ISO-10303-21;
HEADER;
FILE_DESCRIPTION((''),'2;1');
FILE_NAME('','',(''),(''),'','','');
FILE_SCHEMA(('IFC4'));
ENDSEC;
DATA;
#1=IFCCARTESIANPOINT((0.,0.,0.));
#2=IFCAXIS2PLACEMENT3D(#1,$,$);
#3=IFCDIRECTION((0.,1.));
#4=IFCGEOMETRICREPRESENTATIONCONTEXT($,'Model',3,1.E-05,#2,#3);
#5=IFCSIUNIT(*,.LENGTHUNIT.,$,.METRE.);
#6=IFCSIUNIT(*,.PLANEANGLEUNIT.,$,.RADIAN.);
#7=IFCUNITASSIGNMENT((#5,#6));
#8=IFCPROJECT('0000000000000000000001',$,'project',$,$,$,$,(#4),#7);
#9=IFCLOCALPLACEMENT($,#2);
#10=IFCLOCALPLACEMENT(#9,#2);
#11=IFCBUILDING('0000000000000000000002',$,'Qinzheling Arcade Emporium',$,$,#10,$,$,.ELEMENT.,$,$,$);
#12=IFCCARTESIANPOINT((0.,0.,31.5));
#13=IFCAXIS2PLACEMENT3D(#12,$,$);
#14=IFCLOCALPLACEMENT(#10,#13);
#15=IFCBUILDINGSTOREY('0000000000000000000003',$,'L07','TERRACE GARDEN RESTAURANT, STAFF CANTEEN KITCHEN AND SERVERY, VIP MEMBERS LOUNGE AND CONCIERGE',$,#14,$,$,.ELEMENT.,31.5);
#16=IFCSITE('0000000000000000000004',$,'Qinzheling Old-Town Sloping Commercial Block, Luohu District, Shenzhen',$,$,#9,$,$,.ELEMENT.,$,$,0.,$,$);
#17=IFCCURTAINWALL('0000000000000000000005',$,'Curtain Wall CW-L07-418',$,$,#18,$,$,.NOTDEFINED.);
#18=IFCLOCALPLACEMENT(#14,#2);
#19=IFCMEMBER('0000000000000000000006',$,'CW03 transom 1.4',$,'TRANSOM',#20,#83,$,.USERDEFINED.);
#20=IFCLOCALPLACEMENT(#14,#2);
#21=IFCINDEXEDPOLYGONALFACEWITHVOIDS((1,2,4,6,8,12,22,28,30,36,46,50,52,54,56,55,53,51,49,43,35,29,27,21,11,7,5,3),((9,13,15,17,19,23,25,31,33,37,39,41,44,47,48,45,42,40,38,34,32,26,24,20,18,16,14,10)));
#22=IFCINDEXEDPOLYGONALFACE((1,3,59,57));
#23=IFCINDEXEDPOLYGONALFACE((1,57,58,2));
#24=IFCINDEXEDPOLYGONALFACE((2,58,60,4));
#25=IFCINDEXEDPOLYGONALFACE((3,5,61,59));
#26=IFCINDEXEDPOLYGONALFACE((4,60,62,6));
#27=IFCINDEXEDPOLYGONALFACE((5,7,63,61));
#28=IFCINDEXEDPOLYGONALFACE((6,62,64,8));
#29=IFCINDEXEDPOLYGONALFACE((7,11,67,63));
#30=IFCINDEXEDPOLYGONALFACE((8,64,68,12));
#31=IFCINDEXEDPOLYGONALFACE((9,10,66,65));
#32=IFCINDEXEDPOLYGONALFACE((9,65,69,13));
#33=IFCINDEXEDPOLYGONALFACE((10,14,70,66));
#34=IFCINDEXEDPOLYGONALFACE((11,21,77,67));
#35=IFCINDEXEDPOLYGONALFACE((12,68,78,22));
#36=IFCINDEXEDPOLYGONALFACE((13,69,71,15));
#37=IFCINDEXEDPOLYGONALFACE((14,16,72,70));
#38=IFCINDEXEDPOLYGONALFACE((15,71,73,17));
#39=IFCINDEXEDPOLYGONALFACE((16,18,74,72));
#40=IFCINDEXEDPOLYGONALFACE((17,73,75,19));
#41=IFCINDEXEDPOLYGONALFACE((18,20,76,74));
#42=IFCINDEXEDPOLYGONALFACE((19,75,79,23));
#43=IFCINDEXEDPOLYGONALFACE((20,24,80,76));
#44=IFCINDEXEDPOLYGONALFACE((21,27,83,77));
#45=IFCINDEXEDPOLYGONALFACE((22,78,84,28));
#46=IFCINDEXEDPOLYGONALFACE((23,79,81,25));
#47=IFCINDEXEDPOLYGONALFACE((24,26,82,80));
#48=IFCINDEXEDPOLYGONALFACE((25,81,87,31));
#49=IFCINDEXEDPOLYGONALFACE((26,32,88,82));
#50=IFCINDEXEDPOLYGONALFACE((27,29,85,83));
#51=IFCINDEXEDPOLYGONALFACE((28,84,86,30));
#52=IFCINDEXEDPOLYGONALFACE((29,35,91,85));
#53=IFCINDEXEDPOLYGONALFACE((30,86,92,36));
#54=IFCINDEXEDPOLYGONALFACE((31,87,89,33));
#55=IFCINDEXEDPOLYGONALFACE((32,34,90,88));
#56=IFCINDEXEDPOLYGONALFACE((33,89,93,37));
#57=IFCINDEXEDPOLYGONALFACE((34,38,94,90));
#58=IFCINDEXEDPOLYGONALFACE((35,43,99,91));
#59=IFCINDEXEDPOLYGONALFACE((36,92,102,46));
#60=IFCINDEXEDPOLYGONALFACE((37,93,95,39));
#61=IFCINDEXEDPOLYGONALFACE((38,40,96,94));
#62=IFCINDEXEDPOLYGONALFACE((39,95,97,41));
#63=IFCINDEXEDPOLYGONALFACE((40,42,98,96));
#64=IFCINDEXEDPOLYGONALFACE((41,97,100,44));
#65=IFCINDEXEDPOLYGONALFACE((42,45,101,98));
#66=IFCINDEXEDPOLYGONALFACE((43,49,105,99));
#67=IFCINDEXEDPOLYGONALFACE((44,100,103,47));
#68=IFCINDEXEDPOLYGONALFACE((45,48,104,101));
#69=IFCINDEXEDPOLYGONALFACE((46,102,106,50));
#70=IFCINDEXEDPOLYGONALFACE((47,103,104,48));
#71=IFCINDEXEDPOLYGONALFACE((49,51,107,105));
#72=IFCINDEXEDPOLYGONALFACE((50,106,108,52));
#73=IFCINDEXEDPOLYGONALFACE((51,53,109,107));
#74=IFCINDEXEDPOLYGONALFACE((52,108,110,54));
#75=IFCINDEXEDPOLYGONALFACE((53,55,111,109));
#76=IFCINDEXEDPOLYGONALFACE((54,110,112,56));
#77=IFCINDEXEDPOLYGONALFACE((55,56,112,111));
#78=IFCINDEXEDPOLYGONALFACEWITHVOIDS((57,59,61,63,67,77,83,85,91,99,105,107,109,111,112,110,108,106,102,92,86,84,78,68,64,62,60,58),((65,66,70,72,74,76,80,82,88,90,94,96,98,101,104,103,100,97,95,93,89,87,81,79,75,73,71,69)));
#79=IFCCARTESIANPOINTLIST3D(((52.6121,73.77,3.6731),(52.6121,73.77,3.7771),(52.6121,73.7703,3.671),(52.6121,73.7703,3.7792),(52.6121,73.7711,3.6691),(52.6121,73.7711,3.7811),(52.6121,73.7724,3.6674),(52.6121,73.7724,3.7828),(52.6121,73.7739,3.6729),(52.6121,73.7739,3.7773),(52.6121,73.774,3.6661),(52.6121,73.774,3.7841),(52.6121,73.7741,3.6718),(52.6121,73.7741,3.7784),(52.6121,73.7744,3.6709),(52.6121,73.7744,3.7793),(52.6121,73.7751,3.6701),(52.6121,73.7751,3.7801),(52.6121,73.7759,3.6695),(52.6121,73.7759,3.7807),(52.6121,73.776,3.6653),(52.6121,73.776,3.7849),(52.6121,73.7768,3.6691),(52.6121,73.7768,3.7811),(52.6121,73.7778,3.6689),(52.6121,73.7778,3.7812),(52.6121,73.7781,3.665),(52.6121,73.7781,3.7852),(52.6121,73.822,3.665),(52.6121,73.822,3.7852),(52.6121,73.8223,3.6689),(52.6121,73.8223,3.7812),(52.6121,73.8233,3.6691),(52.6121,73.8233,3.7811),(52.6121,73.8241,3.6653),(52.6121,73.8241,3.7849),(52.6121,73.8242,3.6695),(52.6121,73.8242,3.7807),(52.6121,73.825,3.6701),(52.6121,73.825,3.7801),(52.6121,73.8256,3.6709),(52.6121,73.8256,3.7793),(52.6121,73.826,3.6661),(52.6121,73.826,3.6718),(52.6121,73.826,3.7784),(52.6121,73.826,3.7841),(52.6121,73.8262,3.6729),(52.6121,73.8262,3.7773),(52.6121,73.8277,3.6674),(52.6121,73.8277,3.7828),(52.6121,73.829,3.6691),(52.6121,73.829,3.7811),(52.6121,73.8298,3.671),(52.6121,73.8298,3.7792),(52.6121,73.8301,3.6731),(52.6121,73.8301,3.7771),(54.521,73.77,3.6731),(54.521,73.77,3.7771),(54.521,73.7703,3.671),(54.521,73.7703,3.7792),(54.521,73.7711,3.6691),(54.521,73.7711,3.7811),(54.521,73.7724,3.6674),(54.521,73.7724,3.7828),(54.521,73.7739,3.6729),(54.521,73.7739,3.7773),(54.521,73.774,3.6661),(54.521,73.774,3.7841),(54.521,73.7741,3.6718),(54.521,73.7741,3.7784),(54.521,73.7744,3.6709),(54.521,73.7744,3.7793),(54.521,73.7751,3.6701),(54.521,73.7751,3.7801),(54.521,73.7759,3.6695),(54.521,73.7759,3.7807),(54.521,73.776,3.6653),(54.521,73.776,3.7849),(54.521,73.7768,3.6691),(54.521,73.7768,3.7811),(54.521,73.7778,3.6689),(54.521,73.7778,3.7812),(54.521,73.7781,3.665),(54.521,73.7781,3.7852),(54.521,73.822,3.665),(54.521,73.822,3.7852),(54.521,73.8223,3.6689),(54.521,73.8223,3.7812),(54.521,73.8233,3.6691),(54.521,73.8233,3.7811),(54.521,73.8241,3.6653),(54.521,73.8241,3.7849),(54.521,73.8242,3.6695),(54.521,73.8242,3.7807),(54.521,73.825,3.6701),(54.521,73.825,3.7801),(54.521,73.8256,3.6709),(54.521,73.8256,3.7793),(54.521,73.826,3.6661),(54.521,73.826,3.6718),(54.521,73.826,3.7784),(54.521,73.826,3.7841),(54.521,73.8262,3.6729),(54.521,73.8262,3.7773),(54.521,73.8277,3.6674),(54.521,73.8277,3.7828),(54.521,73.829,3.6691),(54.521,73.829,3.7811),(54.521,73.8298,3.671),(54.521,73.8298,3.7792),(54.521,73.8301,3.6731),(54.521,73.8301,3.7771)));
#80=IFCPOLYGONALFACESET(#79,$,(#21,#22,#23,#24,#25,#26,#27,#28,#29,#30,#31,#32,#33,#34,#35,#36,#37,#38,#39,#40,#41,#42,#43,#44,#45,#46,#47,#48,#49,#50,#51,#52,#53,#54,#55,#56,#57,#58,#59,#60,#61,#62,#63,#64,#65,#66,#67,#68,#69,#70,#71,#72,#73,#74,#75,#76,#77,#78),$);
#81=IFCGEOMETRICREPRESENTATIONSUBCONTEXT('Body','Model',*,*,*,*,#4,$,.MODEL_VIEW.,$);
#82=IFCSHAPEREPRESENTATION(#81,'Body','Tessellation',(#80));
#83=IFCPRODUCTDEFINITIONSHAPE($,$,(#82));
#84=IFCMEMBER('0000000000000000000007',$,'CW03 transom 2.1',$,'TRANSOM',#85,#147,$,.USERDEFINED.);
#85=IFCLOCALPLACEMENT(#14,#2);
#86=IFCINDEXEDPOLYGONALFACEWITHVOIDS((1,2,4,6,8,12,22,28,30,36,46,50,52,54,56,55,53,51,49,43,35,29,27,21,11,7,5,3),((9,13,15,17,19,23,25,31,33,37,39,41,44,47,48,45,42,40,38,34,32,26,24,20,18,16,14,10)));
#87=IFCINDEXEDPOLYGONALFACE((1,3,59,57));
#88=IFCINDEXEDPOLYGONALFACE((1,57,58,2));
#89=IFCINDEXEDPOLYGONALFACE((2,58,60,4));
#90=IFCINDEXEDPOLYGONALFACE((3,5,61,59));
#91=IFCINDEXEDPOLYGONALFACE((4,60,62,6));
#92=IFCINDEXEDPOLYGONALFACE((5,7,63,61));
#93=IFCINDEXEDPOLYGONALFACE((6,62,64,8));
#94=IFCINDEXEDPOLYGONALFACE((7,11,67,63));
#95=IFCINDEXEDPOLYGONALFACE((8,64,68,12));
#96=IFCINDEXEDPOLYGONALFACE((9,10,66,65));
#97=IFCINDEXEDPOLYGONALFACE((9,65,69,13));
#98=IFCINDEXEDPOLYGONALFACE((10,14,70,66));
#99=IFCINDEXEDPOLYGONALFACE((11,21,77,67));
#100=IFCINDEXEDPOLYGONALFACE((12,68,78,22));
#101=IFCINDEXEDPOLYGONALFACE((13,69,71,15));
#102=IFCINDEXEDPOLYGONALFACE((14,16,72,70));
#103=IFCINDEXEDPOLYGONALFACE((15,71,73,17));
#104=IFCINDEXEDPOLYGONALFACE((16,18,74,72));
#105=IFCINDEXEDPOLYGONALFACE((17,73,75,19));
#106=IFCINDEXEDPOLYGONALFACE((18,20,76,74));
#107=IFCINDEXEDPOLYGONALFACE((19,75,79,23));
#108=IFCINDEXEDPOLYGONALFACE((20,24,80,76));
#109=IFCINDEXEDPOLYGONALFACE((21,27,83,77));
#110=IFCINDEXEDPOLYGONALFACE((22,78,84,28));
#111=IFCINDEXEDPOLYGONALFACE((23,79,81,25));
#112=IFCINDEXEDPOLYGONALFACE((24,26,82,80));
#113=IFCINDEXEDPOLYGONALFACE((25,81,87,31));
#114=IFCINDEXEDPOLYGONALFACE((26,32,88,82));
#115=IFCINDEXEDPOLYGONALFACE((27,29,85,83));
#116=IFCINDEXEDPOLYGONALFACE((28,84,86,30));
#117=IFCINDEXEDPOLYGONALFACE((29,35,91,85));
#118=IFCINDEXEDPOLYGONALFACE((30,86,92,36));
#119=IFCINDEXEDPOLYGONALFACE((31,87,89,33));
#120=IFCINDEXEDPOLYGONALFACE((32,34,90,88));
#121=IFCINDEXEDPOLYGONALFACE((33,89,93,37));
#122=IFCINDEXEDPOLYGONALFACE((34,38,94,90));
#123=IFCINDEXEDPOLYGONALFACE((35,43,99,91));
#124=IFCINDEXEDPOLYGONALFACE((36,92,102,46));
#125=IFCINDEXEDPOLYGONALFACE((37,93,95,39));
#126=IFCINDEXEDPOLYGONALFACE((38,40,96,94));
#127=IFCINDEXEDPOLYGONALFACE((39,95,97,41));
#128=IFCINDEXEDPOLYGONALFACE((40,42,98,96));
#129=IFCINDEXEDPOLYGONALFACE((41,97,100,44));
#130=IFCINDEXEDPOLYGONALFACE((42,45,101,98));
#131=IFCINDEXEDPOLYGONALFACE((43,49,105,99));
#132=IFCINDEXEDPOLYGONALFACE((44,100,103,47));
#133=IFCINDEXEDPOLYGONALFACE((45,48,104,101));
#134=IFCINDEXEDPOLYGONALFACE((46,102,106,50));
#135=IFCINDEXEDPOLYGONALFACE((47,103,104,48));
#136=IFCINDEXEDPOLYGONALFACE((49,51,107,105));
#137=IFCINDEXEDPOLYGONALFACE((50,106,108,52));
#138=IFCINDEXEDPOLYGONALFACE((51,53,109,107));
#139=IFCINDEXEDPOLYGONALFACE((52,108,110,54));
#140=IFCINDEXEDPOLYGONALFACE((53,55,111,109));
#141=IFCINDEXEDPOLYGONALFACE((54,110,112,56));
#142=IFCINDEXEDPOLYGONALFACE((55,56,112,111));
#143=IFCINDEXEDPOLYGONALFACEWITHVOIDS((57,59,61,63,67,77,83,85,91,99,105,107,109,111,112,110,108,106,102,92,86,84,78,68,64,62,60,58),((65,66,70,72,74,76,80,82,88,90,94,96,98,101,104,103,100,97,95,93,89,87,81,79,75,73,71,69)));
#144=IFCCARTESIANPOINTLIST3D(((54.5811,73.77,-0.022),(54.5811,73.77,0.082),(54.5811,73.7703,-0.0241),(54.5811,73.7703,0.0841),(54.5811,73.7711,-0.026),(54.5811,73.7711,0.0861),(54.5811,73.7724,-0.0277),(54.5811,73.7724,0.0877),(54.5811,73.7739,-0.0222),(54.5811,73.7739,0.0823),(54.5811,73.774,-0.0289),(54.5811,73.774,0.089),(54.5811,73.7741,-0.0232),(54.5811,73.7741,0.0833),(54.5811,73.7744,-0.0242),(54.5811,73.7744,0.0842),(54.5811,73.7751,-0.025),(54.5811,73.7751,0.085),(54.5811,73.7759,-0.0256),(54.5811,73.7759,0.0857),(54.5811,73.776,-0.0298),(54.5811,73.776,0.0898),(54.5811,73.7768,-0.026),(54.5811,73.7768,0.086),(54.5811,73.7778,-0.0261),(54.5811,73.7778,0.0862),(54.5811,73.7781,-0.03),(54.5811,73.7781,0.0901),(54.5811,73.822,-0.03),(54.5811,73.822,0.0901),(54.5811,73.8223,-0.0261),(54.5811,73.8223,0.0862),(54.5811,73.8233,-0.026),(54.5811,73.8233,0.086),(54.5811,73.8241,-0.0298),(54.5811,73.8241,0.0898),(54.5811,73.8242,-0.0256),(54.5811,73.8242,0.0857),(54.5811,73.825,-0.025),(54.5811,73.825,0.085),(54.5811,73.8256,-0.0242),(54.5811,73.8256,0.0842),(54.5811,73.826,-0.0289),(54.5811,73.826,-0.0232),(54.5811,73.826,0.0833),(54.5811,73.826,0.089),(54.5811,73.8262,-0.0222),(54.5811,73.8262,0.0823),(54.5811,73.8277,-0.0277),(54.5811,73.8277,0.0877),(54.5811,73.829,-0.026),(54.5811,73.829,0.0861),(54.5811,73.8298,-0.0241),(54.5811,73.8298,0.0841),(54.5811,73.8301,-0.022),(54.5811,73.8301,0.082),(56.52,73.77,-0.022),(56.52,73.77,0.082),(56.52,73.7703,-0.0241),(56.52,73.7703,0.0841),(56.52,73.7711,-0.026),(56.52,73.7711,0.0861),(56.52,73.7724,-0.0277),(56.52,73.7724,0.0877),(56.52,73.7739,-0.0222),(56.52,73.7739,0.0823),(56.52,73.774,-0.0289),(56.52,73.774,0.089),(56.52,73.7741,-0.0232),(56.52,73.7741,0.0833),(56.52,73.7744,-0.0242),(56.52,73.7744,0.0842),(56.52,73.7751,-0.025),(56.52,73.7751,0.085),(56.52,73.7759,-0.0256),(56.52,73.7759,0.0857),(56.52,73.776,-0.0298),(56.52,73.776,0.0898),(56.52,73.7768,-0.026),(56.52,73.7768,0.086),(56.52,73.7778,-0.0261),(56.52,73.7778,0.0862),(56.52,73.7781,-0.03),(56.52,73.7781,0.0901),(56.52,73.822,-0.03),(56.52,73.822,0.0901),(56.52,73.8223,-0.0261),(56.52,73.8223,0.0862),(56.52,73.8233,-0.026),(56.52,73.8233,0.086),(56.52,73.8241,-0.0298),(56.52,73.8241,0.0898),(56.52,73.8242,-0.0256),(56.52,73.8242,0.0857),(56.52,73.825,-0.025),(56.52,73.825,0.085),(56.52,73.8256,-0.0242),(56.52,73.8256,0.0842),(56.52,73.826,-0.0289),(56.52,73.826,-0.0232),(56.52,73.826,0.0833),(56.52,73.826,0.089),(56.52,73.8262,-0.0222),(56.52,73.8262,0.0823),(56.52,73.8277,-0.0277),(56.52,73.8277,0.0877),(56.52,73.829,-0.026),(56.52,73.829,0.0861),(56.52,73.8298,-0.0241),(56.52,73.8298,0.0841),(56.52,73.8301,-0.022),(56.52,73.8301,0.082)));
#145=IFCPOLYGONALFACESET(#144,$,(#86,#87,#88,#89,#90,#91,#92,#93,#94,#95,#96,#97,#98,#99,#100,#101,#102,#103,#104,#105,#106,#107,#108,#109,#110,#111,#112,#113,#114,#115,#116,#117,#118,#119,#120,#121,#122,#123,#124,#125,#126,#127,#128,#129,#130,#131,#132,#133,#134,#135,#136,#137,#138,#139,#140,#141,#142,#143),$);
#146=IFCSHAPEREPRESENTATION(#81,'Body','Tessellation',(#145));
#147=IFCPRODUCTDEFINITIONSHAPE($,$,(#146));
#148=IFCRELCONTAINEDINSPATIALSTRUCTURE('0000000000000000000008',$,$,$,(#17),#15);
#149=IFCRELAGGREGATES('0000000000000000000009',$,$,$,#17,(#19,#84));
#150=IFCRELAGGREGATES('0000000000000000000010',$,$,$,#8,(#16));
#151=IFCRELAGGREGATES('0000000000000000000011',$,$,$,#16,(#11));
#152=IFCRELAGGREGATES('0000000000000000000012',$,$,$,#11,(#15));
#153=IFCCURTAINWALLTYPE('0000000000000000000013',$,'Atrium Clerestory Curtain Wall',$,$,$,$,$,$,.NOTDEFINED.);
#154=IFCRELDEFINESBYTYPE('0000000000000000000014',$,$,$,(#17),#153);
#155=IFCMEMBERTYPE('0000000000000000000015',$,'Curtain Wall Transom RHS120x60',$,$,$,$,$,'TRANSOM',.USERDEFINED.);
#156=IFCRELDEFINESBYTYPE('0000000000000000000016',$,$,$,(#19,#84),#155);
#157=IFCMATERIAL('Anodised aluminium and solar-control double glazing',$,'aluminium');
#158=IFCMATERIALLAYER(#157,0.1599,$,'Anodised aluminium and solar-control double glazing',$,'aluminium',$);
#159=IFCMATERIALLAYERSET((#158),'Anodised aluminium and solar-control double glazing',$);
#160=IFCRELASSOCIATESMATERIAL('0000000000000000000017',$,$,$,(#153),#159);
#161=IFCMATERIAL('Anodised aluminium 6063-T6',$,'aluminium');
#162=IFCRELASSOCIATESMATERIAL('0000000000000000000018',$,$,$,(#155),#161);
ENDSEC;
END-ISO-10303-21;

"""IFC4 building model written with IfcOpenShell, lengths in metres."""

from ifc_helpers import new_model, si_unit, direction, frame, origin, origin_2d, place, context, subcontext, project, spatial, hollow_rectangle, extrude, material, layer, layer_set, material_profile, profile_set, type_object, element, aggregate, save


model = new_model("IFC4")

# Units and contexts
model_context = context("Model", 3, precision=1e-05, world=origin(), true_north=direction((0.0, 1.0)))
body_context = subcontext(model_context, "Body", "Model", "MODEL_VIEW")
ifc_project = project(units=[si_unit("LENGTHUNIT", "METRE"), si_unit("PLANEANGLEUNIT", "RADIAN")], contexts=[model_context])

# Site, building, storey
site_placement = place(None, origin())
site = spatial("IfcSite", under=ifc_project, at=site_placement, Name="Qinzheling Old-Town Sloping Commercial Block, Luohu District, Shenzhen", CompositionType="ELEMENT", RefElevation=0.0)
building_placement = place(site_placement, origin())
building = spatial("IfcBuilding", under=site, at=building_placement, Name="Qinzheling Arcade Emporium", CompositionType="ELEMENT")
storey_placement = place(building_placement, frame((0.0, 0.0, 31.5)))
storey = spatial("IfcBuildingStorey", under=building, at=storey_placement, Name="L07", Description="TERRACE GARDEN RESTAURANT, STAFF CANTEEN KITCHEN AND SERVERY, VIP MEMBERS LOUNGE AND CONCIERGE", CompositionType="ELEMENT", Elevation=31.5)

# Curtain wall, members
ifc_material_1 = material(Name="Anodised aluminium and solar-control double glazing", Category="aluminium")
ifc_layer_1 = layer(ifc_material_1, 0.1599, Name="Anodised aluminium and solar-control double glazing", Category="aluminium")
ifc_layer_set_1 = layer_set([ifc_layer_1], Name="Anodised aluminium and solar-control double glazing")
curtain_wall_type = type_object("IfcCurtainWallType", Name="Atrium Clerestory Curtain Wall", PredefinedType="NOTDEFINED", material=ifc_layer_set_1)
curtain_wall_placement = place(storey_placement, origin())
curtain_wall = element("IfcCurtainWall", 1, at=curtain_wall_placement, inside=storey, type_object=curtain_wall_type, Name="Curtain Wall CW-L07-418", PredefinedType="NOTDEFINED")
ifc_material_2 = material(Name="Anodised aluminium 6063-T6", Category="aluminium")
ifc_material_profile_1 = material_profile(ifc_material_2, hollow_rectangle(XDim=0.0601, YDim=0.1201, WallThickness=0.0039, InnerFilletRadius=0.0039, OuterFilletRadius=0.0081, at=origin_2d()), Name="RHS 120x60x4", Category="aluminium")
ifc_profile_set_1 = profile_set([ifc_material_profile_1], Name="Anodised aluminium 6063-T6")
member_type_1 = type_object("IfcMemberType", Name="Curtain Wall Transom RHS120x60", ElementType="TRANSOM", PredefinedType="USERDEFINED", material=ifc_profile_set_1)
member_1_placement = place(storey_placement, frame((52.6121, 73.8, 3.7251), z_axis=(1.0, 0.0, 0.0), x_axis=(0.0, 1.0, 0.0)))
member_1 = element("IfcMember", 2, at=member_1_placement, type_object=member_type_1, Name="CW03 transom 1.4", ObjectType="TRANSOM", PredefinedType="USERDEFINED", context=body_context, shape_type="SweptSolid", body=[
    extrude(hollow_rectangle(XDim=0.0601, YDim=0.1201, WallThickness=0.0039, InnerFilletRadius=0.0039, OuterFilletRadius=0.0081, at=origin_2d()), origin(), (0.0, 0.0, 1.0), 1.9089),
])
member_2_placement = place(storey_placement, frame((54.5811, 73.8, 0.03), z_axis=(1.0, 0.0, 0.0), x_axis=(0.0, 1.0, 0.0)))
member_2 = element("IfcMember", 3, at=member_2_placement, type_object=member_type_1, Name="CW03 transom 2.1", ObjectType="TRANSOM", PredefinedType="USERDEFINED", context=body_context, shape_type="SweptSolid", body=[
    extrude(hollow_rectangle(XDim=0.0601, YDim=0.1201, WallThickness=0.0039, InnerFilletRadius=0.0039, OuterFilletRadius=0.0081, at=origin_2d()), origin(), (0.0, 0.0, 1.0), 1.939),
])

aggregate(curtain_wall, [member_1, member_2])

save(model, "model.ifc")
